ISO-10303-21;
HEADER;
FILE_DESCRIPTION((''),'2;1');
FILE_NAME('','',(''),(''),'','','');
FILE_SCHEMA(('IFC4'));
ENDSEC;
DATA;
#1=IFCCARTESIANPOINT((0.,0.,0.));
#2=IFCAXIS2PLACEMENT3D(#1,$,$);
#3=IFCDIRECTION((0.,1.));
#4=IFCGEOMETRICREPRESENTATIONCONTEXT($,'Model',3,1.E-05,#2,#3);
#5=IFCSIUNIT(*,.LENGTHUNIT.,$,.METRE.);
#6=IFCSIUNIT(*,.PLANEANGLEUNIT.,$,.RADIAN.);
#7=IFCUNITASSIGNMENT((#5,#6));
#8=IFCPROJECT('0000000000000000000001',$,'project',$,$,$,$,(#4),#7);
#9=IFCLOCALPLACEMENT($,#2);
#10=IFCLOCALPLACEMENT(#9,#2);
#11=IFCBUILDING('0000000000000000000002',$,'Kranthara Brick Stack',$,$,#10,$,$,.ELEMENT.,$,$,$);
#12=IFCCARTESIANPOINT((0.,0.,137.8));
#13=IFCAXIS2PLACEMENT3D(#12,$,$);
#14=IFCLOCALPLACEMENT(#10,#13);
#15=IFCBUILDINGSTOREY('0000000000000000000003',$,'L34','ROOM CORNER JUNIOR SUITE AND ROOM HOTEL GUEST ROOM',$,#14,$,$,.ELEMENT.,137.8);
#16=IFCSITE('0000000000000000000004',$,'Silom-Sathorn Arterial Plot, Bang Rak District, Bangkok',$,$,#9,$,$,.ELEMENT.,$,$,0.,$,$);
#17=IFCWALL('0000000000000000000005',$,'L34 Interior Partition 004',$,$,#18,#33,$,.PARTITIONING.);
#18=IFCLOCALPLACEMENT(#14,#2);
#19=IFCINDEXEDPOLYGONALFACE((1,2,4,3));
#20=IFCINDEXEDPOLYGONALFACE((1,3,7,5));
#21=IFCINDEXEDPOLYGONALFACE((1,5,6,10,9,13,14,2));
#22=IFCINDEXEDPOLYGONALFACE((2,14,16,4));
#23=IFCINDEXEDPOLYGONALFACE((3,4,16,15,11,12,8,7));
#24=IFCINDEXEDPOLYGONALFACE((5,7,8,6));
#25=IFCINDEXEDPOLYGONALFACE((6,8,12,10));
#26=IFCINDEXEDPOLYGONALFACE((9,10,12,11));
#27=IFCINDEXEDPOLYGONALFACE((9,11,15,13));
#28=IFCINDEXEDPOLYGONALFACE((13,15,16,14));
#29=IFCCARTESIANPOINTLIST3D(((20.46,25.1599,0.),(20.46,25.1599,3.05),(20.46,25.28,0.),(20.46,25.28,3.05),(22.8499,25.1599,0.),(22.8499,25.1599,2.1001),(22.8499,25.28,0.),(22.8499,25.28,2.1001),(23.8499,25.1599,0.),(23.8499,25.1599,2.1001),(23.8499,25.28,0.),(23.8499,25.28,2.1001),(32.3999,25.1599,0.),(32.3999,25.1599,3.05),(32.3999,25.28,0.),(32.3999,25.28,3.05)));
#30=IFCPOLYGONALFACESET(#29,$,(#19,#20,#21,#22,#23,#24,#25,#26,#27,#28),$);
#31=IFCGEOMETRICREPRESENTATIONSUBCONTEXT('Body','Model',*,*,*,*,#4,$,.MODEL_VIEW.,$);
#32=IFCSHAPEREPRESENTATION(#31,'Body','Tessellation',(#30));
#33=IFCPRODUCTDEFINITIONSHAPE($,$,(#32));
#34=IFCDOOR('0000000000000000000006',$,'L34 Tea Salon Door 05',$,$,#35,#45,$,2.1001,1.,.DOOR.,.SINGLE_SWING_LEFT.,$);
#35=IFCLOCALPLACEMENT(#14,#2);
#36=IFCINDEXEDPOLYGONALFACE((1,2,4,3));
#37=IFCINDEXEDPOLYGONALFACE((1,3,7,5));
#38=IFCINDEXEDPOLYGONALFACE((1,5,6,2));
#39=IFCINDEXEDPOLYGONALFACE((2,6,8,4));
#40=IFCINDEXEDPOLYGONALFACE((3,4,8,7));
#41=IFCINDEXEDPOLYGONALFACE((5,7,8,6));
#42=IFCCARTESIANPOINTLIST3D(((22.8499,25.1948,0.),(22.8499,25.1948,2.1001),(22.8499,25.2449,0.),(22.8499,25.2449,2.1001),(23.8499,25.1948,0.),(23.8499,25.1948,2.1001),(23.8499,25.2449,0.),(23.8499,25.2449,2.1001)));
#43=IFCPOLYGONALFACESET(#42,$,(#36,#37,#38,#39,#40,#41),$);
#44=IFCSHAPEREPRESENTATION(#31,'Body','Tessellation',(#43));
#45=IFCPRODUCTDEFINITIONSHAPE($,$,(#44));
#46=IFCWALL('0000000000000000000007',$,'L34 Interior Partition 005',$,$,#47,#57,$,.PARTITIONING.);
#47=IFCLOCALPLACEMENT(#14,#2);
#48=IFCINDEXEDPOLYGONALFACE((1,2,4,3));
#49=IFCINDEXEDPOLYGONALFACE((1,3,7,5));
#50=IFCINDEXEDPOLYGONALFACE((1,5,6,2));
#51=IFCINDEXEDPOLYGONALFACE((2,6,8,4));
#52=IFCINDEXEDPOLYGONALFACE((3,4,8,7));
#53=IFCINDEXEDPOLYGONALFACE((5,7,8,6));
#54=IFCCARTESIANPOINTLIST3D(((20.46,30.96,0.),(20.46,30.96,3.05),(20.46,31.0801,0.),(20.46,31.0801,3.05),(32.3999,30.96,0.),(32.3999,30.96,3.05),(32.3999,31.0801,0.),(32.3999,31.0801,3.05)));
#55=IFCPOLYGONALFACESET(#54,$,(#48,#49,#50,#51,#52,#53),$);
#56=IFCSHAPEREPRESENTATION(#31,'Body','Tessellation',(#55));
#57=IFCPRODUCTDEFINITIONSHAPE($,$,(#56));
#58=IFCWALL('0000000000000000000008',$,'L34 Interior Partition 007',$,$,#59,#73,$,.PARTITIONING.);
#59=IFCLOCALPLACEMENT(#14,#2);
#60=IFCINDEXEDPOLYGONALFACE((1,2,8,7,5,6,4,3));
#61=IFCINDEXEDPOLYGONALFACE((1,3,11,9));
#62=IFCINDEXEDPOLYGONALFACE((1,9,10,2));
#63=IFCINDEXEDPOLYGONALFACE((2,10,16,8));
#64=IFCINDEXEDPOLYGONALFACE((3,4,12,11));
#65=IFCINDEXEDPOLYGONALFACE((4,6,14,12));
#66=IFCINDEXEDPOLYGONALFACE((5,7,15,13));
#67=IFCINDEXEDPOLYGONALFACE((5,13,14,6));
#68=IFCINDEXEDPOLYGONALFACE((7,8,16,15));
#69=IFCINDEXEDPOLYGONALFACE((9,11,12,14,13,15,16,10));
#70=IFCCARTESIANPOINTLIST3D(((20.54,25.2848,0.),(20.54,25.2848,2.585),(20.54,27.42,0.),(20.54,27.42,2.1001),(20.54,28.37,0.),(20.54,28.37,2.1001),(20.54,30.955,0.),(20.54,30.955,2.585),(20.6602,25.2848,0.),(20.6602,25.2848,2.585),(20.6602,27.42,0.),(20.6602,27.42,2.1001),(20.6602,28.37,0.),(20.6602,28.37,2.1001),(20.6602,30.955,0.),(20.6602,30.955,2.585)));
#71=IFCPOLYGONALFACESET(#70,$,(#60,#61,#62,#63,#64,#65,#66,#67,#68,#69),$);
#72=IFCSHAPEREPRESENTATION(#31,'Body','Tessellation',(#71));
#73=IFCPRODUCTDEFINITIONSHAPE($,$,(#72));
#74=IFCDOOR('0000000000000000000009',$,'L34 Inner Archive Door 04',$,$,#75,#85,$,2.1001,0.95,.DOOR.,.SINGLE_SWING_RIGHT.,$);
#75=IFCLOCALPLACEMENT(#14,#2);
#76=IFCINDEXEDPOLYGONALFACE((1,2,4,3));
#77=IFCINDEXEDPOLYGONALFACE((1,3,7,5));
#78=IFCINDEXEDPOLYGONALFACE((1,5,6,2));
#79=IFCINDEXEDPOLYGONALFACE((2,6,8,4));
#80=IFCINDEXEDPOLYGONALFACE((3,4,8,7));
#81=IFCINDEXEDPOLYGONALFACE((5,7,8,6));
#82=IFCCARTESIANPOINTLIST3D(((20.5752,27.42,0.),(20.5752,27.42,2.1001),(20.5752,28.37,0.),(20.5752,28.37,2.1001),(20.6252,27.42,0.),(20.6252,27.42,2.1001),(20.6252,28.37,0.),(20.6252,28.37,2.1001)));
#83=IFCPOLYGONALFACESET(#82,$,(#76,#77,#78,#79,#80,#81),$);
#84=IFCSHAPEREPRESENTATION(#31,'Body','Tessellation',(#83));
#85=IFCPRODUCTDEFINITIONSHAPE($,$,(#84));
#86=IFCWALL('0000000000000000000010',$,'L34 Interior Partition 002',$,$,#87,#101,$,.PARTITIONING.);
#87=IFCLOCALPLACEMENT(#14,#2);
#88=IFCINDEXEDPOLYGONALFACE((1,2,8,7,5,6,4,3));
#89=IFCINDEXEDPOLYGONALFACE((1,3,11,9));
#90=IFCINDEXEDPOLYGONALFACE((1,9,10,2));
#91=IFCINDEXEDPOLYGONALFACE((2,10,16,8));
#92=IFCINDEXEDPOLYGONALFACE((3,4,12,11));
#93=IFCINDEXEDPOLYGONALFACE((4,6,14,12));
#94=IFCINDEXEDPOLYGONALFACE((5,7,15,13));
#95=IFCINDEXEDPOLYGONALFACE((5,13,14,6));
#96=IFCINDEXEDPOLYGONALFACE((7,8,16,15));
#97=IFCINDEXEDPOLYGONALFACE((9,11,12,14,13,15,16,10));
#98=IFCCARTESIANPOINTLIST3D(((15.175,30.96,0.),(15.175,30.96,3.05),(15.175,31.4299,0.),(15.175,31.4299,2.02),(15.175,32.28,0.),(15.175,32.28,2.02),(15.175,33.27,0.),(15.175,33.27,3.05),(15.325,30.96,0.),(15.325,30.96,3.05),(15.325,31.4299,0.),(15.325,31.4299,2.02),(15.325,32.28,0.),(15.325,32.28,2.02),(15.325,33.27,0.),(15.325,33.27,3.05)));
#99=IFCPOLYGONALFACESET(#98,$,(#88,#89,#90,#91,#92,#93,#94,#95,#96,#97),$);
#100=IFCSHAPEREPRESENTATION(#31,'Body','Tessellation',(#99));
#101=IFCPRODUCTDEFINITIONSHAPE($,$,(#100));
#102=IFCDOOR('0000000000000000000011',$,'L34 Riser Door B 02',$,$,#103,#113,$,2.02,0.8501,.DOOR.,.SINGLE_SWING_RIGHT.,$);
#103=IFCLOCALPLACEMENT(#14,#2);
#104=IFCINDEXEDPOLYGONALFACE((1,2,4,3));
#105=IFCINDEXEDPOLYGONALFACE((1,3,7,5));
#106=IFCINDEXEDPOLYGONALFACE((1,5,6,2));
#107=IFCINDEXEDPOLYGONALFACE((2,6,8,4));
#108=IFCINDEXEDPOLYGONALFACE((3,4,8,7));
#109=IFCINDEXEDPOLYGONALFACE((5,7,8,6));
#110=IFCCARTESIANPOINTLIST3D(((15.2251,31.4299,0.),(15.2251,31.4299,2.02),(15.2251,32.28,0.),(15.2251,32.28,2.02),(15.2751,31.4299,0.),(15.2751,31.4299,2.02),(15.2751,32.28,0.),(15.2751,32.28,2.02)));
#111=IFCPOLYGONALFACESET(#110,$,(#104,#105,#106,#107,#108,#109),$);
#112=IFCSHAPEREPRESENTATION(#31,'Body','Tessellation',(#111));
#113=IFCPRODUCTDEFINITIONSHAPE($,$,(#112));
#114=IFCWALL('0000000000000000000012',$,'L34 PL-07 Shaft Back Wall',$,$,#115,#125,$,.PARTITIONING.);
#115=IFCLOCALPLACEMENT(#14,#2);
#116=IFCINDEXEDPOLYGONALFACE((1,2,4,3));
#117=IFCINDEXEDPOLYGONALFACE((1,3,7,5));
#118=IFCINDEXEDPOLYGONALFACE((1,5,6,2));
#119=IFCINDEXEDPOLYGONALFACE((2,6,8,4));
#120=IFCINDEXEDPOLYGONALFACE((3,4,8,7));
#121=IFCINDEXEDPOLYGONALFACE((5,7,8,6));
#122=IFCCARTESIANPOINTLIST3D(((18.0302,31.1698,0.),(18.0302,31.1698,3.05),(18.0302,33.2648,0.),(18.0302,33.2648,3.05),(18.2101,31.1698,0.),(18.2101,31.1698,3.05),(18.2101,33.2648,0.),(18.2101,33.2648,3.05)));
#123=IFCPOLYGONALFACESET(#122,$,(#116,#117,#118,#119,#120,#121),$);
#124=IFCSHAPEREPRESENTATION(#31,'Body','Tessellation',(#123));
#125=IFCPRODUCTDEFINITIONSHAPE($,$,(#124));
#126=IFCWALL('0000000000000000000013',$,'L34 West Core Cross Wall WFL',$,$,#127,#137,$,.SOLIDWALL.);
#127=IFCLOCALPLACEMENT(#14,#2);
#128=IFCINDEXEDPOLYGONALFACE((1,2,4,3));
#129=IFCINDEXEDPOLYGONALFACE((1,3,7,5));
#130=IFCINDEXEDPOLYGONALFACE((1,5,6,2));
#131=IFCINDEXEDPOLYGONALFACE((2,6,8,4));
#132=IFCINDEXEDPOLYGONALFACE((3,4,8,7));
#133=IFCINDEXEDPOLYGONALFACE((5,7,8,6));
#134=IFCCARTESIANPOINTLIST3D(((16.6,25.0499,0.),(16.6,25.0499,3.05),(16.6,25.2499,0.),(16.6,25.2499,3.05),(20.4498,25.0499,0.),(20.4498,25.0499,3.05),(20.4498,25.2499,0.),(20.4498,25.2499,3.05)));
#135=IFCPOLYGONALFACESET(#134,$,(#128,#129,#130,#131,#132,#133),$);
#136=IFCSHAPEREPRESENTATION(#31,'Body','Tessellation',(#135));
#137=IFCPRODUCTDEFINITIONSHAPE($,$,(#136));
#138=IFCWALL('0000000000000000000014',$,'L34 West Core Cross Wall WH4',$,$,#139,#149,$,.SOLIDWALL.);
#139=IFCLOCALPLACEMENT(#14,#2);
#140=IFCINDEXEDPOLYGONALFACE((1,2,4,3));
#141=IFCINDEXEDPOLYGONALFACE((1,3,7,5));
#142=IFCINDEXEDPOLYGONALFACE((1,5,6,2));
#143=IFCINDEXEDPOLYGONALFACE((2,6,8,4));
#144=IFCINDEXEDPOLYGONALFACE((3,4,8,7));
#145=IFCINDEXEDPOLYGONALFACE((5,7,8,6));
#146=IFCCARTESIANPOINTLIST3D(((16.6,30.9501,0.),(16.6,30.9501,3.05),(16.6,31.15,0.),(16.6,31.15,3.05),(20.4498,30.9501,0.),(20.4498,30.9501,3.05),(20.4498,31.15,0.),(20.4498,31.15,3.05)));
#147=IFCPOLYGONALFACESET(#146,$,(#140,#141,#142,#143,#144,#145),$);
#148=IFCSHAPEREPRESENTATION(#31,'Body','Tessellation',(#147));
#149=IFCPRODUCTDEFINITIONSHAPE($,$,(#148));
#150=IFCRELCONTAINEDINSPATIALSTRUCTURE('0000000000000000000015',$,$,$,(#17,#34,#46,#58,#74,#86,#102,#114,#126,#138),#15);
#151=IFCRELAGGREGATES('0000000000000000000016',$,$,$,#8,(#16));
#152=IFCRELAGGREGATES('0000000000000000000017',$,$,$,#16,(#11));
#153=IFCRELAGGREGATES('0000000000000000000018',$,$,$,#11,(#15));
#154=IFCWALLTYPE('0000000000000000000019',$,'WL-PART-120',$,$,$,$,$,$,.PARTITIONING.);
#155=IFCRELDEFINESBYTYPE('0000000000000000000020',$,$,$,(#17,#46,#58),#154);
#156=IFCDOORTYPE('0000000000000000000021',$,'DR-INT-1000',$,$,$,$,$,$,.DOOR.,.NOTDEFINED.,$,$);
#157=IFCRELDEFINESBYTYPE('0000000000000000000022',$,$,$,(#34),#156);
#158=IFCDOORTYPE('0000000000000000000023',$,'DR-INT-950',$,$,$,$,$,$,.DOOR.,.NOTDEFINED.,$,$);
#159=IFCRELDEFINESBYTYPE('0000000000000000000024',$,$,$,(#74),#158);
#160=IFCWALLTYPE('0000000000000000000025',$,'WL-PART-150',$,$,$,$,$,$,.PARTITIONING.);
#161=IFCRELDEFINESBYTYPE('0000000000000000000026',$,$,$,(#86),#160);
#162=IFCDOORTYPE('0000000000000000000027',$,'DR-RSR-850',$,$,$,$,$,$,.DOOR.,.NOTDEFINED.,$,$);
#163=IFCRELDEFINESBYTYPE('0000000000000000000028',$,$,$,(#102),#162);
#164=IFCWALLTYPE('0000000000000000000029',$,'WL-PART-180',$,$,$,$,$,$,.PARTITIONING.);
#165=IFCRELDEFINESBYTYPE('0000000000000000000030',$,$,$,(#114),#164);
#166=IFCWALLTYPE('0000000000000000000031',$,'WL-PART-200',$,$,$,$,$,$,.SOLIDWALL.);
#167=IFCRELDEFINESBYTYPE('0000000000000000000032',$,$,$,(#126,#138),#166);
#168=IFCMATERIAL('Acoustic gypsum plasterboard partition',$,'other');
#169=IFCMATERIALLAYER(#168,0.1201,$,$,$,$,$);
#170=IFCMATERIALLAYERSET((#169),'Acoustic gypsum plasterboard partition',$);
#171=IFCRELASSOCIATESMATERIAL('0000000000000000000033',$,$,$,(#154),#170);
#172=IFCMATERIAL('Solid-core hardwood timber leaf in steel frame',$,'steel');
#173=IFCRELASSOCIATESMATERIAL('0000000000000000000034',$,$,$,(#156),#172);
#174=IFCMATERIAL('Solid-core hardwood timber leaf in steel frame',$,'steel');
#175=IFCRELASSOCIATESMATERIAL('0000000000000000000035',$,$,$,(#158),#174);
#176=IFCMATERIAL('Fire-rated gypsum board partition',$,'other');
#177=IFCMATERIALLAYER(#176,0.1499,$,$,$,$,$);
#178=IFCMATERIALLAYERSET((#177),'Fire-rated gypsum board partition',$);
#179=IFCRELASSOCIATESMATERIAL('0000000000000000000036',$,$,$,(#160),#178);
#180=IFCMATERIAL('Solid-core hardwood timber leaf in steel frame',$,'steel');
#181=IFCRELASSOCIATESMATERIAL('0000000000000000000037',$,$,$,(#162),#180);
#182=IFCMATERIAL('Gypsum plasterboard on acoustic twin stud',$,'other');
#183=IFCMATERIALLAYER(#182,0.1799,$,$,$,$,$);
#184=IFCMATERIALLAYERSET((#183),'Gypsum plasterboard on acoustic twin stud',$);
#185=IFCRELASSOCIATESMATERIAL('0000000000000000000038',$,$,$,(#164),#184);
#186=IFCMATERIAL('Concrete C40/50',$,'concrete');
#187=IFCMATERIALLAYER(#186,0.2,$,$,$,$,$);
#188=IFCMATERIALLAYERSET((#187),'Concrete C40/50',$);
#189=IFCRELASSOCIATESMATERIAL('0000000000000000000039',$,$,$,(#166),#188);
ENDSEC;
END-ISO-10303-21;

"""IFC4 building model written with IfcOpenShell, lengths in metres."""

from ifc_helpers import new_model, si_unit, direction, frame, frame_2d, origin, place, context, subcontext, project, spatial, rectangle, extrude, material, layer, layer_set, type_object, element, fill, save


model = new_model("IFC4")

# Units and contexts
model_context = context("Model", 3, precision=1e-05, world=origin(), true_north=direction((0.0, 1.0)))
body_context = subcontext(model_context, "Body", "Model", "MODEL_VIEW")
ifc_project = project(units=[si_unit("LENGTHUNIT", "METRE"), si_unit("PLANEANGLEUNIT", "RADIAN")], contexts=[model_context])

# Site, building, storey
site_placement = place(None, origin())
site = spatial("IfcSite", under=ifc_project, at=site_placement, Name="Silom-Sathorn Arterial Plot, Bang Rak District, Bangkok", CompositionType="ELEMENT", RefElevation=0.0)
building_placement = place(site_placement, origin())
building = spatial("IfcBuilding", under=site, at=building_placement, Name="Kranthara Brick Stack", CompositionType="ELEMENT")
storey_placement = place(building_placement, frame((0.0, 0.0, 137.8)))
storey = spatial("IfcBuildingStorey", under=building, at=storey_placement, Name="L34", Description="ROOM CORNER JUNIOR SUITE AND ROOM HOTEL GUEST ROOM", CompositionType="ELEMENT", Elevation=137.8)

# Wall, opening, door
ifc_material_1 = material(Name="Acoustic gypsum plasterboard partition", Category="other")
ifc_layer_1 = layer(ifc_material_1, 0.1201)
ifc_layer_set_1 = layer_set([ifc_layer_1], Name="Acoustic gypsum plasterboard partition")
wall_type_1 = type_object("IfcWallType", Name="WL-PART-120", PredefinedType="PARTITIONING", material=ifc_layer_set_1)
wall_1_placement = place(storey_placement, frame((20.46, 25.22, 0.0), z_axis=(0.0, 0.0, 1.0), x_axis=(1.0, 0.0, 0.0)))
wall_1 = element("IfcWall", 1, at=wall_1_placement, inside=storey, type_object=wall_type_1, Name="L34 Interior Partition 004", PredefinedType="PARTITIONING", context=body_context, shape_type="SweptSolid", body=[
    extrude(rectangle(XDim=11.9399, YDim=0.1201, at=frame_2d((5.97, 0.0))), origin(), (0.0, 0.0, 1.0), 3.05),
])
opening_1_placement = place(wall_1_placement, frame((2.3899, 0.0, 0.0)))
opening_1 = element("IfcOpeningElement", 2, at=opening_1_placement, cuts=wall_1, PredefinedType="OPENING", context=body_context, shape_type="SweptSolid", body=[
    extrude(rectangle(XDim=1.0, YDim=2.1001, at=frame_2d((0.5, 1.05))), frame((0.0, 0.0701, 0.0), z_axis=(0.0, -1.0, 0.0), x_axis=(1.0, 0.0, 0.0)), (0.0, 0.0, 1.0), 0.1401),
])
ifc_material_2 = material(Name="Solid-core hardwood timber leaf in steel frame", Category="steel")
door_type_1 = type_object("IfcDoorType", Name="DR-INT-1000", OperationType="NOTDEFINED", PredefinedType="DOOR", material=ifc_material_2)
door_1_placement = place(opening_1_placement, origin())
door_1 = element("IfcDoor", 3, at=door_1_placement, inside=storey, type_object=door_type_1, Name="L34 Tea Salon Door 05", OperationType="SINGLE_SWING_LEFT", OverallHeight=2.1001, OverallWidth=1.0, PredefinedType="DOOR", context=body_context, shape_type="SweptSolid", body=[
    extrude(rectangle(XDim=1.0, YDim=2.1001, at=frame_2d((0.5, 1.05))), frame((0.0, 0.0249, 0.0), z_axis=(0.0, -1.0, 0.0), x_axis=(1.0, 0.0, 0.0)), (0.0, 0.0, 1.0), 0.05),
])
fill(opening_1, door_1)

# Wall
wall_2_placement = place(storey_placement, frame((20.46, 31.02, 0.0), z_axis=(0.0, 0.0, 1.0), x_axis=(1.0, 0.0, 0.0)))
element("IfcWall", 4, at=wall_2_placement, inside=storey, type_object=wall_type_1, Name="L34 Interior Partition 005", PredefinedType="PARTITIONING", context=body_context, shape_type="SweptSolid", body=[
    extrude(rectangle(XDim=11.9399, YDim=0.1201, at=frame_2d((5.97, 0.0))), origin(), (0.0, 0.0, 1.0), 3.05),
])

# Walls, openings, doors
wall_3_placement = place(storey_placement, frame((20.6001, 25.2849, 0.0), z_axis=(0.0, 0.0, 1.0), x_axis=(0.0, 1.0, 0.0)))
wall_3 = element("IfcWall", 5, at=wall_3_placement, inside=storey, type_object=wall_type_1, Name="L34 Interior Partition 007", PredefinedType="PARTITIONING", context=body_context, shape_type="SweptSolid", body=[
    extrude(rectangle(XDim=5.6702, YDim=0.1201, at=frame_2d((2.835, 0.0))), origin(), (0.0, 0.0, 1.0), 2.585),
])
opening_2_placement = place(wall_3_placement, frame((2.135, 0.0, 0.0)))
opening_2 = element("IfcOpeningElement", 6, at=opening_2_placement, cuts=wall_3, PredefinedType="OPENING", context=body_context, shape_type="SweptSolid", body=[
    extrude(rectangle(XDim=0.95, YDim=2.1001, at=frame_2d((0.4751, 1.05))), frame((0.0, 0.0701, 0.0), z_axis=(0.0, -1.0, 0.0), x_axis=(1.0, 0.0, 0.0)), (0.0, 0.0, 1.0), 0.1401),
])
ifc_material_3 = material(Name="Solid-core hardwood timber leaf in steel frame", Category="steel")
door_type_2 = type_object("IfcDoorType", Name="DR-INT-950", OperationType="NOTDEFINED", PredefinedType="DOOR", material=ifc_material_3)
door_2_placement = place(opening_2_placement, origin())
door_2 = element("IfcDoor", 7, at=door_2_placement, inside=storey, type_object=door_type_2, Name="L34 Inner Archive Door 04", OperationType="SINGLE_SWING_RIGHT", OverallHeight=2.1001, OverallWidth=0.95, PredefinedType="DOOR", context=body_context, shape_type="SweptSolid", body=[
    extrude(rectangle(XDim=0.95, YDim=2.1001, at=frame_2d((0.4751, 1.05))), frame((0.0, 0.0249, 0.0), z_axis=(0.0, -1.0, 0.0), x_axis=(1.0, 0.0, 0.0)), (0.0, 0.0, 1.0), 0.05),
])
fill(opening_2, door_2)
ifc_material_4 = material(Name="Fire-rated gypsum board partition", Category="other")
ifc_layer_2 = layer(ifc_material_4, 0.1499)
ifc_layer_set_2 = layer_set([ifc_layer_2], Name="Fire-rated gypsum board partition")
wall_type_2 = type_object("IfcWallType", Name="WL-PART-150", PredefinedType="PARTITIONING", material=ifc_layer_set_2)
wall_4_placement = place(storey_placement, frame((15.25, 30.96, 0.0), z_axis=(0.0, 0.0, 1.0), x_axis=(0.0, 1.0, 0.0)))
wall_4 = element("IfcWall", 8, at=wall_4_placement, inside=storey, type_object=wall_type_2, Name="L34 Interior Partition 002", PredefinedType="PARTITIONING", context=body_context, shape_type="SweptSolid", body=[
    extrude(rectangle(XDim=2.3101, YDim=0.1499, at=frame_2d((1.155, 0.0))), origin(), (0.0, 0.0, 1.0), 3.05),
])
opening_3_placement = place(wall_4_placement, frame((0.47, 0.0, 0.0)))
opening_3 = element("IfcOpeningElement", 9, at=opening_3_placement, cuts=wall_4, PredefinedType="OPENING", context=body_context, shape_type="SweptSolid", body=[
    extrude(rectangle(XDim=0.8501, YDim=2.02, at=frame_2d((0.425, 1.01))), frame((0.0, 0.085, 0.0), z_axis=(0.0, -1.0, 0.0), x_axis=(1.0, 0.0, 0.0)), (0.0, 0.0, 1.0), 0.1699),
])
ifc_material_5 = material(Name="Solid-core hardwood timber leaf in steel frame", Category="steel")
door_type_3 = type_object("IfcDoorType", Name="DR-RSR-850", OperationType="NOTDEFINED", PredefinedType="DOOR", material=ifc_material_5)
door_3_placement = place(opening_3_placement, origin())
door_3 = element("IfcDoor", 10, at=door_3_placement, inside=storey, type_object=door_type_3, Name="L34 Riser Door B 02", OperationType="SINGLE_SWING_RIGHT", OverallHeight=2.02, OverallWidth=0.8501, PredefinedType="DOOR", context=body_context, shape_type="SweptSolid", body=[
    extrude(rectangle(XDim=0.8501, YDim=2.02, at=frame_2d((0.425, 1.01))), frame((0.0, 0.0249, 0.0), z_axis=(0.0, -1.0, 0.0), x_axis=(1.0, 0.0, 0.0)), (0.0, 0.0, 1.0), 0.05),
])
fill(opening_3, door_3)

# Walls
ifc_material_6 = material(Name="Gypsum plasterboard on acoustic twin stud", Category="other")
ifc_layer_3 = layer(ifc_material_6, 0.1799)
ifc_layer_set_3 = layer_set([ifc_layer_3], Name="Gypsum plasterboard on acoustic twin stud")
wall_type_3 = type_object("IfcWallType", Name="WL-PART-180", PredefinedType="PARTITIONING", material=ifc_layer_set_3)
wall_5_placement = place(storey_placement, frame((18.1201, 31.1699, 0.0), z_axis=(0.0, 0.0, 1.0), x_axis=(0.0, 1.0, 0.0)))
element("IfcWall", 11, at=wall_5_placement, inside=storey, type_object=wall_type_3, Name="L34 PL-07 Shaft Back Wall", PredefinedType="PARTITIONING", context=body_context, shape_type="SweptSolid", body=[
    extrude(rectangle(XDim=2.095, YDim=0.1799, at=frame_2d((1.0474, 0.0))), origin(), (0.0, 0.0, 1.0), 3.05),
])
ifc_material_7 = material(Name="Concrete C40/50", Category="concrete")
ifc_layer_4 = layer(ifc_material_7, 0.2)
ifc_layer_set_4 = layer_set([ifc_layer_4], Name="Concrete C40/50")
wall_type_4 = type_object("IfcWallType", Name="WL-PART-200", PredefinedType="SOLIDWALL", material=ifc_layer_set_4)
for number, where, z_axis, x_axis, name in (
    (12, (16.6001, 25.1499, 0.0), (0.0, 0.0, 1.0), (1.0, 0.0, 0.0), "L34 West Core Cross Wall WFL"),
    (13, (16.6001, 31.05, 0.0), (0.0, 0.0, 1.0), (1.0, 0.0, 0.0), "L34 West Core Cross Wall WH4"),
):
    element("IfcWall", number, at=place(storey_placement, frame(where, z_axis=z_axis, x_axis=x_axis)), inside=storey, type_object=wall_type_4, Name=name, PredefinedType="SOLIDWALL", context=body_context, shape_type="SweptSolid", body=[
        extrude(rectangle(XDim=3.8499, YDim=0.2, at=frame_2d((1.9248, 0.0))), origin(), (0.0, 0.0, 1.0), 3.05),
    ])

save(model, "model.ifc")
